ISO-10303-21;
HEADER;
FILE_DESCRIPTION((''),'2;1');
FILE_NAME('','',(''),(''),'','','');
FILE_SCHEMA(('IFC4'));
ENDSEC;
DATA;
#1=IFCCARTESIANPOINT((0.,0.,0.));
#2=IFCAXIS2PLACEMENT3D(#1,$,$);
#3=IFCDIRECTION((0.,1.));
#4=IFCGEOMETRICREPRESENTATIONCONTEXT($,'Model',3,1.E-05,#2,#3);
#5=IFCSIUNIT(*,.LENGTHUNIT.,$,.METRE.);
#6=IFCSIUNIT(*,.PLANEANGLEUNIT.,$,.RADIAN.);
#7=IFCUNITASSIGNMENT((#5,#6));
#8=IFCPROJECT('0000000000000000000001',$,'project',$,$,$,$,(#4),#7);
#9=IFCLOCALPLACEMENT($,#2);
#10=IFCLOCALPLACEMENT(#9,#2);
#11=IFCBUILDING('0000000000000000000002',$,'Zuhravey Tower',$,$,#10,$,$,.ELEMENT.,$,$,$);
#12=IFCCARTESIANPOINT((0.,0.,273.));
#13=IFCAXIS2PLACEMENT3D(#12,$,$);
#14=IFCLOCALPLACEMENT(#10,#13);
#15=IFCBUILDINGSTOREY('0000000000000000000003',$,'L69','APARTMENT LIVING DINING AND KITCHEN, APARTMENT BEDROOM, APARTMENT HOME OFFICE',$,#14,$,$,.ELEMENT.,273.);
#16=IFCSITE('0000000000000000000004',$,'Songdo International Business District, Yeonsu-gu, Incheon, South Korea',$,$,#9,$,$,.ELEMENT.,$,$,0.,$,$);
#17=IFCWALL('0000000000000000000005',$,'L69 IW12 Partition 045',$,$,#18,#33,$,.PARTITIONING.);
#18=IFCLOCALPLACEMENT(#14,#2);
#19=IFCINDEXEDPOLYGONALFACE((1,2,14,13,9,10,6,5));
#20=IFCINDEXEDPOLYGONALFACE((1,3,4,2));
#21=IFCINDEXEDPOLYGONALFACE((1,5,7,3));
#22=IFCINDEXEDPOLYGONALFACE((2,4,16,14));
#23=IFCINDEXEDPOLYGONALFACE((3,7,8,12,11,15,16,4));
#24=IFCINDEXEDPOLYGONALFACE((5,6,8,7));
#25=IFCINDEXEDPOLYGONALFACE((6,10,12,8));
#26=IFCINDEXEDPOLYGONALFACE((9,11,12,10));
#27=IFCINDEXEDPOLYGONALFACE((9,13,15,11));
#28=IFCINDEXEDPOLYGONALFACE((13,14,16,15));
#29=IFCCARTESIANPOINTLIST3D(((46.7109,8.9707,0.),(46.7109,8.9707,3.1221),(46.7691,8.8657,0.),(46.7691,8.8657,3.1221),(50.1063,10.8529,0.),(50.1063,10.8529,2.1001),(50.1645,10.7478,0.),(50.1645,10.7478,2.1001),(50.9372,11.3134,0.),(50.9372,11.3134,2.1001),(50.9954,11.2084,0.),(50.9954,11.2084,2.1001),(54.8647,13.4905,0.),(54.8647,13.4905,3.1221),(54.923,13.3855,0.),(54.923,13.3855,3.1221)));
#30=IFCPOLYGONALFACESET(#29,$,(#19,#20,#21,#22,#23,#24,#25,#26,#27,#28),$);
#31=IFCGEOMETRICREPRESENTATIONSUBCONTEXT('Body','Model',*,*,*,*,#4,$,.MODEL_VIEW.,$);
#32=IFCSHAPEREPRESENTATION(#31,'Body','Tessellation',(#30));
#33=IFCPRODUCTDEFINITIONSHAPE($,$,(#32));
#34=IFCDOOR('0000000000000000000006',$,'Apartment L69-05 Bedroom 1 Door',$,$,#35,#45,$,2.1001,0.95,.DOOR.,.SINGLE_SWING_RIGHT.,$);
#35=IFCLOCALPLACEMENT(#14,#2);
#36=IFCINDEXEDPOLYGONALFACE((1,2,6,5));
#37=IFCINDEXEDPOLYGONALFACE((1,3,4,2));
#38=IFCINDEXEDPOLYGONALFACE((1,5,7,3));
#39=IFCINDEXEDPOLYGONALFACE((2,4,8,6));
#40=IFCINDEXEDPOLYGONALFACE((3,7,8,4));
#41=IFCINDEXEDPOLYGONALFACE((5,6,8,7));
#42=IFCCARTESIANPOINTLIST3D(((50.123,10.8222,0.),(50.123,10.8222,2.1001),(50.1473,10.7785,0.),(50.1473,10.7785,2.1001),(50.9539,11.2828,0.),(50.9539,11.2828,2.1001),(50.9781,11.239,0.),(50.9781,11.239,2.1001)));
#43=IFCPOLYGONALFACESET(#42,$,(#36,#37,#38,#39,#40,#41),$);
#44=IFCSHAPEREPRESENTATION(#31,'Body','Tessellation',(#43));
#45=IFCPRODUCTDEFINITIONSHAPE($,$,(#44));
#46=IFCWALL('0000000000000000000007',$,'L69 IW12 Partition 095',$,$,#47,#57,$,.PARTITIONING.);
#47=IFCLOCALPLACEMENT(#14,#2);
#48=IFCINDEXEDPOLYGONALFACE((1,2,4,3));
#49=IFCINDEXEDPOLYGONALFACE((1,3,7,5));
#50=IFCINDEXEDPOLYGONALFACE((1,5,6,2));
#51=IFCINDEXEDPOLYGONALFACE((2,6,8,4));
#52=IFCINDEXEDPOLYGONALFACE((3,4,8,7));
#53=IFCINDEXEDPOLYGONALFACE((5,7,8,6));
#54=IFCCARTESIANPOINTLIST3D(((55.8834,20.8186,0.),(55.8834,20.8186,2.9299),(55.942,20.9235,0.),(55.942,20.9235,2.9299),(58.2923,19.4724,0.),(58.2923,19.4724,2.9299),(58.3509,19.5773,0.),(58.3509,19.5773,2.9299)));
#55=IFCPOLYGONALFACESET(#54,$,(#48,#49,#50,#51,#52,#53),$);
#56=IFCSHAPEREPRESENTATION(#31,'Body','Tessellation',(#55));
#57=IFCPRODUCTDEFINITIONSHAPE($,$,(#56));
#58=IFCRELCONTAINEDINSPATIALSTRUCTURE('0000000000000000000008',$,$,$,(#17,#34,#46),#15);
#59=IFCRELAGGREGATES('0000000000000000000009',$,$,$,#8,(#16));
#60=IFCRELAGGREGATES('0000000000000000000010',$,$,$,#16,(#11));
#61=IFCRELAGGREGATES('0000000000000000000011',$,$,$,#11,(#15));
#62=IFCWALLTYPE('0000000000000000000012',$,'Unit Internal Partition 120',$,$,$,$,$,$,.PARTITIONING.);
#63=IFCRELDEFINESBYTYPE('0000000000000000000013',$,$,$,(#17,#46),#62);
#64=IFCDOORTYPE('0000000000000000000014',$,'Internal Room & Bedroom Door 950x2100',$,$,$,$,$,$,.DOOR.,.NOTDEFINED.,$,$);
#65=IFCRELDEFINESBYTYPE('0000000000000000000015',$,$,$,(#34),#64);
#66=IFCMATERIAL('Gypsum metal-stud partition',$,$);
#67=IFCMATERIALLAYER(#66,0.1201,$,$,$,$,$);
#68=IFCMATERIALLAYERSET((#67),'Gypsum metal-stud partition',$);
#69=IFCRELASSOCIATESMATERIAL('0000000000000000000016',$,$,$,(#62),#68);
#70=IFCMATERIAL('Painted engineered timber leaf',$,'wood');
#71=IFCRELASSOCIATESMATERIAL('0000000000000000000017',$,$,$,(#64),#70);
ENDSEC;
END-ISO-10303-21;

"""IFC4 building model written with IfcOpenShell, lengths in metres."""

from ifc_helpers import new_model, si_unit, direction, frame, frame_2d, origin, place, context, subcontext, project, spatial, rectangle, extrude, material, layer, layer_set, type_object, element, fill, save


model = new_model("IFC4")

# Units and contexts
model_context = context("Model", 3, precision=1e-05, world=origin(), true_north=direction((0.0, 1.0)))
body_context = subcontext(model_context, "Body", "Model", "MODEL_VIEW")
ifc_project = project(units=[si_unit("LENGTHUNIT", "METRE"), si_unit("PLANEANGLEUNIT", "RADIAN")], contexts=[model_context])

# Site, building, storey
site_placement = place(None, origin())
site = spatial("IfcSite", under=ifc_project, at=site_placement, Name="Songdo International Business District, Yeonsu-gu, Incheon, South Korea", CompositionType="ELEMENT", RefElevation=0.0)
building_placement = place(site_placement, origin())
building = spatial("IfcBuilding", under=site, at=building_placement, Name="Zuhravey Tower", CompositionType="ELEMENT")
storey_placement = place(building_placement, frame((0.0, 0.0, 273.0)))
storey = spatial("IfcBuildingStorey", under=building, at=storey_placement, Name="L69", Description="APARTMENT LIVING DINING AND KITCHEN, APARTMENT BEDROOM, APARTMENT HOME OFFICE", CompositionType="ELEMENT", Elevation=273.0)

# Wall, opening, door
ifc_material_1 = material(Name="Gypsum metal-stud partition")
ifc_layer_1 = layer(ifc_material_1, 0.1201)
ifc_layer_set_1 = layer_set([ifc_layer_1], Name="Gypsum metal-stud partition")
wall_type_1 = type_object("IfcWallType", Name="Unit Internal Partition 120", PredefinedType="PARTITIONING", material=ifc_layer_set_1)
wall_1_placement = place(storey_placement, frame((46.74, 8.9182, 0.0), z_axis=(0.0, 0.0, 1.0), x_axis=(0.874618, 0.484813, 0.0)))
wall_1 = element("IfcWall", 1, at=wall_1_placement, inside=storey, type_object=wall_type_1, Name="L69 IW12 Partition 045", PredefinedType="PARTITIONING", context=body_context, shape_type="SweptSolid", body=[
    extrude(rectangle(XDim=9.3228, YDim=0.1201, at=frame_2d((4.6614, 0.0))), origin(), (0.0, 0.0, 1.0), 3.1221),
])
opening_1_placement = place(wall_1_placement, frame((3.8821, 0.0, 0.0)))
opening_1 = element("IfcOpeningElement", 2, at=opening_1_placement, cuts=wall_1, PredefinedType="OPENING", context=body_context, shape_type="SweptSolid", body=[
    extrude(rectangle(XDim=0.95, YDim=2.1001, at=frame_2d((0.4751, 1.05))), frame((0.0, 0.072, 0.0), z_axis=(0.0, -1.0, 0.0), x_axis=(1.0, 0.0, 0.0)), (0.0, 0.0, 1.0), 0.144),
])
ifc_material_2 = material(Name="Painted engineered timber leaf", Category="wood")
door_type_1 = type_object("IfcDoorType", Name="Internal Room & Bedroom Door 950x2100", OperationType="NOTDEFINED", PredefinedType="DOOR", material=ifc_material_2)
door_1_placement = place(opening_1_placement, frame((0.95, 0.0, 0.0), z_axis=(0.0, 0.0, 1.0), x_axis=(-1.0, 0.0, 0.0)))
door_1 = element("IfcDoor", 3, at=door_1_placement, inside=storey, type_object=door_type_1, Name="Apartment L69-05 Bedroom 1 Door", OperationType="SINGLE_SWING_RIGHT", OverallHeight=2.1001, OverallWidth=0.95, PredefinedType="DOOR", context=body_context, shape_type="SweptSolid", body=[
    extrude(rectangle(XDim=0.95, YDim=2.1001, at=frame_2d((0.4751, 1.05))), frame((0.0, 0.0249, 0.0), z_axis=(0.0, -1.0, 0.0), x_axis=(1.0, 0.0, 0.0)), (0.0, 0.0, 1.0), 0.05),
])
fill(opening_1, door_1)

# Wall
wall_2_placement = place(storey_placement, frame((55.9126, 20.8711, 0.0), z_axis=(0.0, 0.0, 1.0), x_axis=(0.87294, -0.487827, 0.0)))
element("IfcWall", 4, at=wall_2_placement, inside=storey, type_object=wall_type_1, Name="L69 IW12 Partition 095", PredefinedType="PARTITIONING", context=body_context, shape_type="SweptSolid", body=[
    extrude(rectangle(XDim=2.7595, YDim=0.1201, at=frame_2d((1.3799, 0.0))), origin(), (0.0, 0.0, 1.0), 2.9299),
])

save(model, "model.ifc")
